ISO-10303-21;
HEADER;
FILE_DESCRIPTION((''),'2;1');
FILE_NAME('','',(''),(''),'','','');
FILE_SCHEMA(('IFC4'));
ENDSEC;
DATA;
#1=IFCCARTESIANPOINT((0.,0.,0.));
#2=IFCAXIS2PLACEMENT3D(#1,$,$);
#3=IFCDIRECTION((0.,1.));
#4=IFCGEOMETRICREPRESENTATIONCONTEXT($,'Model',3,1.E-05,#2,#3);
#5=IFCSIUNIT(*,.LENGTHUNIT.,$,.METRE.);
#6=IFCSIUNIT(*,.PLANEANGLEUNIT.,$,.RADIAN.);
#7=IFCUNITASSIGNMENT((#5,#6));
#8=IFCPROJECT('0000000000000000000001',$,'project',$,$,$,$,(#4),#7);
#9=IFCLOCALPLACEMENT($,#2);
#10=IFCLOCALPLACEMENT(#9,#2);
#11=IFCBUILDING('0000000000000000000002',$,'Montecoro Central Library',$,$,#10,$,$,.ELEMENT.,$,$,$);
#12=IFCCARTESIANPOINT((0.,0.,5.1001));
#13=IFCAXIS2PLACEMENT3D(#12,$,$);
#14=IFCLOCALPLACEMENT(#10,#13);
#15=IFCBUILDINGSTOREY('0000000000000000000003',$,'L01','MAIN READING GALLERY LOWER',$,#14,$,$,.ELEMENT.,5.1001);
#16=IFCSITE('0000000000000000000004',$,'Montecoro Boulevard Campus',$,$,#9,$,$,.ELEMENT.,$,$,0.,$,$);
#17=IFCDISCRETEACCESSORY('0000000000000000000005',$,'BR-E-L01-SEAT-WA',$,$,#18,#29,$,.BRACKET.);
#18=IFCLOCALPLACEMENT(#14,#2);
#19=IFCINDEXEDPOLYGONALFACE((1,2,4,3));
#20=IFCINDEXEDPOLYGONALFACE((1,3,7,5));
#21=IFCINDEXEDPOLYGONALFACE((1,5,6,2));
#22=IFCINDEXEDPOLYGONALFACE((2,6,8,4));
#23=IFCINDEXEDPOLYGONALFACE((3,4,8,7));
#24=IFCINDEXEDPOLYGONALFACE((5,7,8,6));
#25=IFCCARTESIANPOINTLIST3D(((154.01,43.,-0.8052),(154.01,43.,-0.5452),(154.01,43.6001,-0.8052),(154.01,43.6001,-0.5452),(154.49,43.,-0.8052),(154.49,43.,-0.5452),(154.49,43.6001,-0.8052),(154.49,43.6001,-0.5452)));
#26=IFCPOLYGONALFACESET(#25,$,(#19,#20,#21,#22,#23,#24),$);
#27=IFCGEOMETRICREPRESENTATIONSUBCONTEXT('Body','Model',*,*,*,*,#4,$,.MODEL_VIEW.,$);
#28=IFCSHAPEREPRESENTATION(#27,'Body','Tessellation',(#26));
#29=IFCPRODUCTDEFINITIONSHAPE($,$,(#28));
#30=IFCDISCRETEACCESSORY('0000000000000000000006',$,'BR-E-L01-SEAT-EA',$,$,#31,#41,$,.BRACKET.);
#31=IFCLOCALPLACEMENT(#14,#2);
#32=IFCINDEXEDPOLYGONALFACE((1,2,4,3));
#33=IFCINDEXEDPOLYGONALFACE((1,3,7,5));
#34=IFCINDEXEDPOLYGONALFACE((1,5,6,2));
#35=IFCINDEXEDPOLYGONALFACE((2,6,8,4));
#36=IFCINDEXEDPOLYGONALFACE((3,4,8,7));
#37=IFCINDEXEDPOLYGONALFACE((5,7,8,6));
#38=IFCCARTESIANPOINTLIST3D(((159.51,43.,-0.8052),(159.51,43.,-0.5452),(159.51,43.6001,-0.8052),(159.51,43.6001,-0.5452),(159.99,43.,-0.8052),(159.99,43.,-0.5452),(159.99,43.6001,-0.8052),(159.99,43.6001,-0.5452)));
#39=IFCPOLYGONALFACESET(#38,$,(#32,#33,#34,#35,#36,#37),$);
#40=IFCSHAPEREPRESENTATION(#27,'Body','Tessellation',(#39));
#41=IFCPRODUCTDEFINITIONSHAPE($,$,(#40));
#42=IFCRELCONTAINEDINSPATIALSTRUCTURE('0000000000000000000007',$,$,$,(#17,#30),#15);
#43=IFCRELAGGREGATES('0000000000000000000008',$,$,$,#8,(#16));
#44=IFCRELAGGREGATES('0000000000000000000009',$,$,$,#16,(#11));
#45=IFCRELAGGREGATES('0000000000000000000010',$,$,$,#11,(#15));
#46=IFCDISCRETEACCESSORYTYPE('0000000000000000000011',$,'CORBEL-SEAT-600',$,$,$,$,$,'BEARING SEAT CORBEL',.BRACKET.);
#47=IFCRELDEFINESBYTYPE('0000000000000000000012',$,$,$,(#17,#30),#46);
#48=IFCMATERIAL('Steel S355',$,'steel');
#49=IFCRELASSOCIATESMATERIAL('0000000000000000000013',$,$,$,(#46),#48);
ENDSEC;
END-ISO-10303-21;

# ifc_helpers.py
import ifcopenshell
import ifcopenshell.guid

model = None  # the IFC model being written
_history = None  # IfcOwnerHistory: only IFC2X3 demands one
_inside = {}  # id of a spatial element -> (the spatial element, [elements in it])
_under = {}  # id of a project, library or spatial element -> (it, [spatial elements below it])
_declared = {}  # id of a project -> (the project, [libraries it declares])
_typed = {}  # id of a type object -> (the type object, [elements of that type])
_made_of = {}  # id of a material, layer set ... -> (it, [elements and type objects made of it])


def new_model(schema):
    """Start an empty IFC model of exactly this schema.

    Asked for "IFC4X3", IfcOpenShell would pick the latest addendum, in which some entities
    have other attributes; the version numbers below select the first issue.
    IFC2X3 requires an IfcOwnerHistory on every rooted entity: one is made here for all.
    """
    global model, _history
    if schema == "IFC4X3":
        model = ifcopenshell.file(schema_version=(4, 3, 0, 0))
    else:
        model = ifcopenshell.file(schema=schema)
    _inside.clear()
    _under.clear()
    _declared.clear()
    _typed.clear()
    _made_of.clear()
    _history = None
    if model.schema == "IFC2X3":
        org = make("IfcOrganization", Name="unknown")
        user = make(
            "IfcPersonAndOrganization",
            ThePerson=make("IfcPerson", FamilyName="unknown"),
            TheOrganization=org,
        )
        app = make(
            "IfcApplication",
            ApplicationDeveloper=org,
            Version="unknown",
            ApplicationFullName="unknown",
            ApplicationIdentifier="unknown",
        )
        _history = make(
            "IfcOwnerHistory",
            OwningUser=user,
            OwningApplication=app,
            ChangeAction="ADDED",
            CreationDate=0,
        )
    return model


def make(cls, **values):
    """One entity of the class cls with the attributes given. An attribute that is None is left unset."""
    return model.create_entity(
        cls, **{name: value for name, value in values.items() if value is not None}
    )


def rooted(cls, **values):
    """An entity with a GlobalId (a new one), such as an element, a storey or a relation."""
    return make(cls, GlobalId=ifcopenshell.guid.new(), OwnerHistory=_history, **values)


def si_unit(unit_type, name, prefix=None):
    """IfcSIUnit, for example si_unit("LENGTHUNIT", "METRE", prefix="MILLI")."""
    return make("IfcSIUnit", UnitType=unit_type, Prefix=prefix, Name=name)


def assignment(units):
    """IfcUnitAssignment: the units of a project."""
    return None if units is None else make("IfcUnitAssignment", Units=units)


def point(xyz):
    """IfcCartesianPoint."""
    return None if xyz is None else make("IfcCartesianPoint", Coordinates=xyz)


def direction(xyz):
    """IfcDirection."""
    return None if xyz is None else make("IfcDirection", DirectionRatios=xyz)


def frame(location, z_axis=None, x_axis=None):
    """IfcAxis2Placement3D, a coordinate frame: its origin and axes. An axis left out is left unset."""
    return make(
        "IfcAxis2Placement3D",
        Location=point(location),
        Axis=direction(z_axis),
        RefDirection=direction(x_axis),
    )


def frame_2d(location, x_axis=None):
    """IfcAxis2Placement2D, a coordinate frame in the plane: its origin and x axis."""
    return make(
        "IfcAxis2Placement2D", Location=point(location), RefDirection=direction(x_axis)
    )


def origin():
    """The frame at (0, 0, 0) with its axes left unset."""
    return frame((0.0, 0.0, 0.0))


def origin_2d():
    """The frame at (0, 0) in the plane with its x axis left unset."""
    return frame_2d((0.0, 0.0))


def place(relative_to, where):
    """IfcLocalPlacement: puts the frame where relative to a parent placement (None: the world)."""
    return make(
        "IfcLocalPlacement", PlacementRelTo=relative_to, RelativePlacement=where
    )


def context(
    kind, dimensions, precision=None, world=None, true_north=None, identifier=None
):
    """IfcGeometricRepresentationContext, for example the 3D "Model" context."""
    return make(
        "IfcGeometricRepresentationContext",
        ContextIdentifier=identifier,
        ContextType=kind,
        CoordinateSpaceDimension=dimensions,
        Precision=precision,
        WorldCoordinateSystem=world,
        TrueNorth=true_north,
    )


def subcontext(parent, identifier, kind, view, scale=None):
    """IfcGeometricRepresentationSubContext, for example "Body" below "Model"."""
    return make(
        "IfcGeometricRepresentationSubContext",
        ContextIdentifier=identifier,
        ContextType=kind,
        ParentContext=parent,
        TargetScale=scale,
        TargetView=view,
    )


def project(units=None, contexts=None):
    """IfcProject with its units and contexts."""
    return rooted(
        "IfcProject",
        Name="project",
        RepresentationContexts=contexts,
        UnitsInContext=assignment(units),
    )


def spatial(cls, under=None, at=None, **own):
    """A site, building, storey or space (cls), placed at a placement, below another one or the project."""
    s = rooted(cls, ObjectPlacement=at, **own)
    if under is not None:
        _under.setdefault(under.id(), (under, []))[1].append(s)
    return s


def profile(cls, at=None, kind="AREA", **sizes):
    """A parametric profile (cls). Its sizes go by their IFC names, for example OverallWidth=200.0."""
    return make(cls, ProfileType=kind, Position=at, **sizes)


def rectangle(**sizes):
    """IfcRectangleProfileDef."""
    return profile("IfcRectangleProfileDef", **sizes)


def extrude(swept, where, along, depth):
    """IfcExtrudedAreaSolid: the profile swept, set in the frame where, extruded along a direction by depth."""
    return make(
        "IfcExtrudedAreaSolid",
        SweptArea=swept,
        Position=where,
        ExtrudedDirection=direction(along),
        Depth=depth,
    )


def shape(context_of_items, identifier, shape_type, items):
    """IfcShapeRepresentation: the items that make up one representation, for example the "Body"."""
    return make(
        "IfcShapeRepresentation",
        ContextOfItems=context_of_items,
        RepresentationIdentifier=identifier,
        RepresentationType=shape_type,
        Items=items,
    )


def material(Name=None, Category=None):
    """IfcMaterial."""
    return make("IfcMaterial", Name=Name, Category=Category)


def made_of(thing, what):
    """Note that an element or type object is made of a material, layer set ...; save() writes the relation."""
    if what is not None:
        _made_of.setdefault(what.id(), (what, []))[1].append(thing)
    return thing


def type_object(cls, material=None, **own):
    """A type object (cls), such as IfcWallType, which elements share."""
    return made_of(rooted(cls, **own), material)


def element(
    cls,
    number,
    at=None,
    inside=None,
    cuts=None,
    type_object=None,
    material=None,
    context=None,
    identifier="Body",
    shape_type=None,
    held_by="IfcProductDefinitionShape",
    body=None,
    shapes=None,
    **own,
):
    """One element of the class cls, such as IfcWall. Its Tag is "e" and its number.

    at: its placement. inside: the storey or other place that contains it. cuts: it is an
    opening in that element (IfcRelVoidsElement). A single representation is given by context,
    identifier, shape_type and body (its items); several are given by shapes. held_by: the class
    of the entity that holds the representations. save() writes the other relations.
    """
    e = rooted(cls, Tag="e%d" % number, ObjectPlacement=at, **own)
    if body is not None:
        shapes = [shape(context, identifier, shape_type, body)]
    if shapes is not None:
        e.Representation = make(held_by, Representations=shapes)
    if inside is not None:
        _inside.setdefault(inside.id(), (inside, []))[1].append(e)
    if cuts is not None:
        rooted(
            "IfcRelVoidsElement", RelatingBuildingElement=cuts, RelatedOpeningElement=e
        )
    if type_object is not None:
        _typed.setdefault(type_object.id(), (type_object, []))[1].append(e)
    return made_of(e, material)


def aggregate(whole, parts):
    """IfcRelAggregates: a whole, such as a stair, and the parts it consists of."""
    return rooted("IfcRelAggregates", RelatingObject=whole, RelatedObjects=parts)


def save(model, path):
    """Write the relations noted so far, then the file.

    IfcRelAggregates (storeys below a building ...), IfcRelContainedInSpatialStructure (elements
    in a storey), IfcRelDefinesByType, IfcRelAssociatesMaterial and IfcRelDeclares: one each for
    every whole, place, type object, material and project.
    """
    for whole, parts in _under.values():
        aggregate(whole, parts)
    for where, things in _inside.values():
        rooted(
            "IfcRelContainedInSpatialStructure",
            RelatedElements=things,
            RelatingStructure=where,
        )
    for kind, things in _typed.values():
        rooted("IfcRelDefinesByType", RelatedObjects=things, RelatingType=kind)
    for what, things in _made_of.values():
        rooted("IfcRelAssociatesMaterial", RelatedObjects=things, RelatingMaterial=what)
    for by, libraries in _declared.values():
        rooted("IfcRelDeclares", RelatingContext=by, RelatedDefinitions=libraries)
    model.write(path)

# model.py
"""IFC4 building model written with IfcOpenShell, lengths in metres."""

from ifc_helpers import new_model, si_unit, direction, frame, origin, origin_2d, place, context, subcontext, project, spatial, rectangle, extrude, material, type_object, element, save


model = new_model("IFC4")

# Units and contexts
model_context = context("Model", 3, precision=1e-05, world=origin(), true_north=direction((0.0, 1.0)))
body_context = subcontext(model_context, "Body", "Model", "MODEL_VIEW")
ifc_project = project(units=[si_unit("LENGTHUNIT", "METRE"), si_unit("PLANEANGLEUNIT", "RADIAN")], contexts=[model_context])

# Site, building, storey
site_placement = place(None, origin())
site = spatial("IfcSite", under=ifc_project, at=site_placement, Name="Montecoro Boulevard Campus", CompositionType="ELEMENT", RefElevation=0.0)
building_placement = place(site_placement, origin())
building = spatial("IfcBuilding", under=site, at=building_placement, Name="Montecoro Central Library", CompositionType="ELEMENT")
storey_placement = place(building_placement, frame((0.0, 0.0, 5.1001)))
storey = spatial("IfcBuildingStorey", under=building, at=storey_placement, Name="L01", Description="MAIN READING GALLERY LOWER", CompositionType="ELEMENT", Elevation=5.1001)

# Shared definitions
ifc_material_1 = material(Name="Steel S355", Category="steel")

# Discrete accessories
discrete_accessory_type_1 = type_object("IfcDiscreteAccessoryType", Name="CORBEL-SEAT-600", ElementType="BEARING SEAT CORBEL", PredefinedType="BRACKET", material=ifc_material_1)
for number, where, z_axis, x_axis, name in (
    (1, (154.25, 43.3, -0.8052), (0.0, 0.0, 1.0), (1.0, 0.0, 0.0), "BR-E-L01-SEAT-WA"),
    (2, (159.75, 43.3, -0.8052), (0.0, 0.0, 1.0), (1.0, 0.0, 0.0), "BR-E-L01-SEAT-EA"),
):
    element("IfcDiscreteAccessory", number, at=place(storey_placement, frame(where, z_axis=z_axis, x_axis=x_axis)), inside=storey, type_object=discrete_accessory_type_1, Name=name, PredefinedType="BRACKET", context=body_context, shape_type="SweptSolid", body=[
        extrude(rectangle(XDim=0.48, YDim=0.6001, at=origin_2d()), origin(), (0.0, 0.0, 1.0), 0.26),
    ])

save(model, "model.ifc")
